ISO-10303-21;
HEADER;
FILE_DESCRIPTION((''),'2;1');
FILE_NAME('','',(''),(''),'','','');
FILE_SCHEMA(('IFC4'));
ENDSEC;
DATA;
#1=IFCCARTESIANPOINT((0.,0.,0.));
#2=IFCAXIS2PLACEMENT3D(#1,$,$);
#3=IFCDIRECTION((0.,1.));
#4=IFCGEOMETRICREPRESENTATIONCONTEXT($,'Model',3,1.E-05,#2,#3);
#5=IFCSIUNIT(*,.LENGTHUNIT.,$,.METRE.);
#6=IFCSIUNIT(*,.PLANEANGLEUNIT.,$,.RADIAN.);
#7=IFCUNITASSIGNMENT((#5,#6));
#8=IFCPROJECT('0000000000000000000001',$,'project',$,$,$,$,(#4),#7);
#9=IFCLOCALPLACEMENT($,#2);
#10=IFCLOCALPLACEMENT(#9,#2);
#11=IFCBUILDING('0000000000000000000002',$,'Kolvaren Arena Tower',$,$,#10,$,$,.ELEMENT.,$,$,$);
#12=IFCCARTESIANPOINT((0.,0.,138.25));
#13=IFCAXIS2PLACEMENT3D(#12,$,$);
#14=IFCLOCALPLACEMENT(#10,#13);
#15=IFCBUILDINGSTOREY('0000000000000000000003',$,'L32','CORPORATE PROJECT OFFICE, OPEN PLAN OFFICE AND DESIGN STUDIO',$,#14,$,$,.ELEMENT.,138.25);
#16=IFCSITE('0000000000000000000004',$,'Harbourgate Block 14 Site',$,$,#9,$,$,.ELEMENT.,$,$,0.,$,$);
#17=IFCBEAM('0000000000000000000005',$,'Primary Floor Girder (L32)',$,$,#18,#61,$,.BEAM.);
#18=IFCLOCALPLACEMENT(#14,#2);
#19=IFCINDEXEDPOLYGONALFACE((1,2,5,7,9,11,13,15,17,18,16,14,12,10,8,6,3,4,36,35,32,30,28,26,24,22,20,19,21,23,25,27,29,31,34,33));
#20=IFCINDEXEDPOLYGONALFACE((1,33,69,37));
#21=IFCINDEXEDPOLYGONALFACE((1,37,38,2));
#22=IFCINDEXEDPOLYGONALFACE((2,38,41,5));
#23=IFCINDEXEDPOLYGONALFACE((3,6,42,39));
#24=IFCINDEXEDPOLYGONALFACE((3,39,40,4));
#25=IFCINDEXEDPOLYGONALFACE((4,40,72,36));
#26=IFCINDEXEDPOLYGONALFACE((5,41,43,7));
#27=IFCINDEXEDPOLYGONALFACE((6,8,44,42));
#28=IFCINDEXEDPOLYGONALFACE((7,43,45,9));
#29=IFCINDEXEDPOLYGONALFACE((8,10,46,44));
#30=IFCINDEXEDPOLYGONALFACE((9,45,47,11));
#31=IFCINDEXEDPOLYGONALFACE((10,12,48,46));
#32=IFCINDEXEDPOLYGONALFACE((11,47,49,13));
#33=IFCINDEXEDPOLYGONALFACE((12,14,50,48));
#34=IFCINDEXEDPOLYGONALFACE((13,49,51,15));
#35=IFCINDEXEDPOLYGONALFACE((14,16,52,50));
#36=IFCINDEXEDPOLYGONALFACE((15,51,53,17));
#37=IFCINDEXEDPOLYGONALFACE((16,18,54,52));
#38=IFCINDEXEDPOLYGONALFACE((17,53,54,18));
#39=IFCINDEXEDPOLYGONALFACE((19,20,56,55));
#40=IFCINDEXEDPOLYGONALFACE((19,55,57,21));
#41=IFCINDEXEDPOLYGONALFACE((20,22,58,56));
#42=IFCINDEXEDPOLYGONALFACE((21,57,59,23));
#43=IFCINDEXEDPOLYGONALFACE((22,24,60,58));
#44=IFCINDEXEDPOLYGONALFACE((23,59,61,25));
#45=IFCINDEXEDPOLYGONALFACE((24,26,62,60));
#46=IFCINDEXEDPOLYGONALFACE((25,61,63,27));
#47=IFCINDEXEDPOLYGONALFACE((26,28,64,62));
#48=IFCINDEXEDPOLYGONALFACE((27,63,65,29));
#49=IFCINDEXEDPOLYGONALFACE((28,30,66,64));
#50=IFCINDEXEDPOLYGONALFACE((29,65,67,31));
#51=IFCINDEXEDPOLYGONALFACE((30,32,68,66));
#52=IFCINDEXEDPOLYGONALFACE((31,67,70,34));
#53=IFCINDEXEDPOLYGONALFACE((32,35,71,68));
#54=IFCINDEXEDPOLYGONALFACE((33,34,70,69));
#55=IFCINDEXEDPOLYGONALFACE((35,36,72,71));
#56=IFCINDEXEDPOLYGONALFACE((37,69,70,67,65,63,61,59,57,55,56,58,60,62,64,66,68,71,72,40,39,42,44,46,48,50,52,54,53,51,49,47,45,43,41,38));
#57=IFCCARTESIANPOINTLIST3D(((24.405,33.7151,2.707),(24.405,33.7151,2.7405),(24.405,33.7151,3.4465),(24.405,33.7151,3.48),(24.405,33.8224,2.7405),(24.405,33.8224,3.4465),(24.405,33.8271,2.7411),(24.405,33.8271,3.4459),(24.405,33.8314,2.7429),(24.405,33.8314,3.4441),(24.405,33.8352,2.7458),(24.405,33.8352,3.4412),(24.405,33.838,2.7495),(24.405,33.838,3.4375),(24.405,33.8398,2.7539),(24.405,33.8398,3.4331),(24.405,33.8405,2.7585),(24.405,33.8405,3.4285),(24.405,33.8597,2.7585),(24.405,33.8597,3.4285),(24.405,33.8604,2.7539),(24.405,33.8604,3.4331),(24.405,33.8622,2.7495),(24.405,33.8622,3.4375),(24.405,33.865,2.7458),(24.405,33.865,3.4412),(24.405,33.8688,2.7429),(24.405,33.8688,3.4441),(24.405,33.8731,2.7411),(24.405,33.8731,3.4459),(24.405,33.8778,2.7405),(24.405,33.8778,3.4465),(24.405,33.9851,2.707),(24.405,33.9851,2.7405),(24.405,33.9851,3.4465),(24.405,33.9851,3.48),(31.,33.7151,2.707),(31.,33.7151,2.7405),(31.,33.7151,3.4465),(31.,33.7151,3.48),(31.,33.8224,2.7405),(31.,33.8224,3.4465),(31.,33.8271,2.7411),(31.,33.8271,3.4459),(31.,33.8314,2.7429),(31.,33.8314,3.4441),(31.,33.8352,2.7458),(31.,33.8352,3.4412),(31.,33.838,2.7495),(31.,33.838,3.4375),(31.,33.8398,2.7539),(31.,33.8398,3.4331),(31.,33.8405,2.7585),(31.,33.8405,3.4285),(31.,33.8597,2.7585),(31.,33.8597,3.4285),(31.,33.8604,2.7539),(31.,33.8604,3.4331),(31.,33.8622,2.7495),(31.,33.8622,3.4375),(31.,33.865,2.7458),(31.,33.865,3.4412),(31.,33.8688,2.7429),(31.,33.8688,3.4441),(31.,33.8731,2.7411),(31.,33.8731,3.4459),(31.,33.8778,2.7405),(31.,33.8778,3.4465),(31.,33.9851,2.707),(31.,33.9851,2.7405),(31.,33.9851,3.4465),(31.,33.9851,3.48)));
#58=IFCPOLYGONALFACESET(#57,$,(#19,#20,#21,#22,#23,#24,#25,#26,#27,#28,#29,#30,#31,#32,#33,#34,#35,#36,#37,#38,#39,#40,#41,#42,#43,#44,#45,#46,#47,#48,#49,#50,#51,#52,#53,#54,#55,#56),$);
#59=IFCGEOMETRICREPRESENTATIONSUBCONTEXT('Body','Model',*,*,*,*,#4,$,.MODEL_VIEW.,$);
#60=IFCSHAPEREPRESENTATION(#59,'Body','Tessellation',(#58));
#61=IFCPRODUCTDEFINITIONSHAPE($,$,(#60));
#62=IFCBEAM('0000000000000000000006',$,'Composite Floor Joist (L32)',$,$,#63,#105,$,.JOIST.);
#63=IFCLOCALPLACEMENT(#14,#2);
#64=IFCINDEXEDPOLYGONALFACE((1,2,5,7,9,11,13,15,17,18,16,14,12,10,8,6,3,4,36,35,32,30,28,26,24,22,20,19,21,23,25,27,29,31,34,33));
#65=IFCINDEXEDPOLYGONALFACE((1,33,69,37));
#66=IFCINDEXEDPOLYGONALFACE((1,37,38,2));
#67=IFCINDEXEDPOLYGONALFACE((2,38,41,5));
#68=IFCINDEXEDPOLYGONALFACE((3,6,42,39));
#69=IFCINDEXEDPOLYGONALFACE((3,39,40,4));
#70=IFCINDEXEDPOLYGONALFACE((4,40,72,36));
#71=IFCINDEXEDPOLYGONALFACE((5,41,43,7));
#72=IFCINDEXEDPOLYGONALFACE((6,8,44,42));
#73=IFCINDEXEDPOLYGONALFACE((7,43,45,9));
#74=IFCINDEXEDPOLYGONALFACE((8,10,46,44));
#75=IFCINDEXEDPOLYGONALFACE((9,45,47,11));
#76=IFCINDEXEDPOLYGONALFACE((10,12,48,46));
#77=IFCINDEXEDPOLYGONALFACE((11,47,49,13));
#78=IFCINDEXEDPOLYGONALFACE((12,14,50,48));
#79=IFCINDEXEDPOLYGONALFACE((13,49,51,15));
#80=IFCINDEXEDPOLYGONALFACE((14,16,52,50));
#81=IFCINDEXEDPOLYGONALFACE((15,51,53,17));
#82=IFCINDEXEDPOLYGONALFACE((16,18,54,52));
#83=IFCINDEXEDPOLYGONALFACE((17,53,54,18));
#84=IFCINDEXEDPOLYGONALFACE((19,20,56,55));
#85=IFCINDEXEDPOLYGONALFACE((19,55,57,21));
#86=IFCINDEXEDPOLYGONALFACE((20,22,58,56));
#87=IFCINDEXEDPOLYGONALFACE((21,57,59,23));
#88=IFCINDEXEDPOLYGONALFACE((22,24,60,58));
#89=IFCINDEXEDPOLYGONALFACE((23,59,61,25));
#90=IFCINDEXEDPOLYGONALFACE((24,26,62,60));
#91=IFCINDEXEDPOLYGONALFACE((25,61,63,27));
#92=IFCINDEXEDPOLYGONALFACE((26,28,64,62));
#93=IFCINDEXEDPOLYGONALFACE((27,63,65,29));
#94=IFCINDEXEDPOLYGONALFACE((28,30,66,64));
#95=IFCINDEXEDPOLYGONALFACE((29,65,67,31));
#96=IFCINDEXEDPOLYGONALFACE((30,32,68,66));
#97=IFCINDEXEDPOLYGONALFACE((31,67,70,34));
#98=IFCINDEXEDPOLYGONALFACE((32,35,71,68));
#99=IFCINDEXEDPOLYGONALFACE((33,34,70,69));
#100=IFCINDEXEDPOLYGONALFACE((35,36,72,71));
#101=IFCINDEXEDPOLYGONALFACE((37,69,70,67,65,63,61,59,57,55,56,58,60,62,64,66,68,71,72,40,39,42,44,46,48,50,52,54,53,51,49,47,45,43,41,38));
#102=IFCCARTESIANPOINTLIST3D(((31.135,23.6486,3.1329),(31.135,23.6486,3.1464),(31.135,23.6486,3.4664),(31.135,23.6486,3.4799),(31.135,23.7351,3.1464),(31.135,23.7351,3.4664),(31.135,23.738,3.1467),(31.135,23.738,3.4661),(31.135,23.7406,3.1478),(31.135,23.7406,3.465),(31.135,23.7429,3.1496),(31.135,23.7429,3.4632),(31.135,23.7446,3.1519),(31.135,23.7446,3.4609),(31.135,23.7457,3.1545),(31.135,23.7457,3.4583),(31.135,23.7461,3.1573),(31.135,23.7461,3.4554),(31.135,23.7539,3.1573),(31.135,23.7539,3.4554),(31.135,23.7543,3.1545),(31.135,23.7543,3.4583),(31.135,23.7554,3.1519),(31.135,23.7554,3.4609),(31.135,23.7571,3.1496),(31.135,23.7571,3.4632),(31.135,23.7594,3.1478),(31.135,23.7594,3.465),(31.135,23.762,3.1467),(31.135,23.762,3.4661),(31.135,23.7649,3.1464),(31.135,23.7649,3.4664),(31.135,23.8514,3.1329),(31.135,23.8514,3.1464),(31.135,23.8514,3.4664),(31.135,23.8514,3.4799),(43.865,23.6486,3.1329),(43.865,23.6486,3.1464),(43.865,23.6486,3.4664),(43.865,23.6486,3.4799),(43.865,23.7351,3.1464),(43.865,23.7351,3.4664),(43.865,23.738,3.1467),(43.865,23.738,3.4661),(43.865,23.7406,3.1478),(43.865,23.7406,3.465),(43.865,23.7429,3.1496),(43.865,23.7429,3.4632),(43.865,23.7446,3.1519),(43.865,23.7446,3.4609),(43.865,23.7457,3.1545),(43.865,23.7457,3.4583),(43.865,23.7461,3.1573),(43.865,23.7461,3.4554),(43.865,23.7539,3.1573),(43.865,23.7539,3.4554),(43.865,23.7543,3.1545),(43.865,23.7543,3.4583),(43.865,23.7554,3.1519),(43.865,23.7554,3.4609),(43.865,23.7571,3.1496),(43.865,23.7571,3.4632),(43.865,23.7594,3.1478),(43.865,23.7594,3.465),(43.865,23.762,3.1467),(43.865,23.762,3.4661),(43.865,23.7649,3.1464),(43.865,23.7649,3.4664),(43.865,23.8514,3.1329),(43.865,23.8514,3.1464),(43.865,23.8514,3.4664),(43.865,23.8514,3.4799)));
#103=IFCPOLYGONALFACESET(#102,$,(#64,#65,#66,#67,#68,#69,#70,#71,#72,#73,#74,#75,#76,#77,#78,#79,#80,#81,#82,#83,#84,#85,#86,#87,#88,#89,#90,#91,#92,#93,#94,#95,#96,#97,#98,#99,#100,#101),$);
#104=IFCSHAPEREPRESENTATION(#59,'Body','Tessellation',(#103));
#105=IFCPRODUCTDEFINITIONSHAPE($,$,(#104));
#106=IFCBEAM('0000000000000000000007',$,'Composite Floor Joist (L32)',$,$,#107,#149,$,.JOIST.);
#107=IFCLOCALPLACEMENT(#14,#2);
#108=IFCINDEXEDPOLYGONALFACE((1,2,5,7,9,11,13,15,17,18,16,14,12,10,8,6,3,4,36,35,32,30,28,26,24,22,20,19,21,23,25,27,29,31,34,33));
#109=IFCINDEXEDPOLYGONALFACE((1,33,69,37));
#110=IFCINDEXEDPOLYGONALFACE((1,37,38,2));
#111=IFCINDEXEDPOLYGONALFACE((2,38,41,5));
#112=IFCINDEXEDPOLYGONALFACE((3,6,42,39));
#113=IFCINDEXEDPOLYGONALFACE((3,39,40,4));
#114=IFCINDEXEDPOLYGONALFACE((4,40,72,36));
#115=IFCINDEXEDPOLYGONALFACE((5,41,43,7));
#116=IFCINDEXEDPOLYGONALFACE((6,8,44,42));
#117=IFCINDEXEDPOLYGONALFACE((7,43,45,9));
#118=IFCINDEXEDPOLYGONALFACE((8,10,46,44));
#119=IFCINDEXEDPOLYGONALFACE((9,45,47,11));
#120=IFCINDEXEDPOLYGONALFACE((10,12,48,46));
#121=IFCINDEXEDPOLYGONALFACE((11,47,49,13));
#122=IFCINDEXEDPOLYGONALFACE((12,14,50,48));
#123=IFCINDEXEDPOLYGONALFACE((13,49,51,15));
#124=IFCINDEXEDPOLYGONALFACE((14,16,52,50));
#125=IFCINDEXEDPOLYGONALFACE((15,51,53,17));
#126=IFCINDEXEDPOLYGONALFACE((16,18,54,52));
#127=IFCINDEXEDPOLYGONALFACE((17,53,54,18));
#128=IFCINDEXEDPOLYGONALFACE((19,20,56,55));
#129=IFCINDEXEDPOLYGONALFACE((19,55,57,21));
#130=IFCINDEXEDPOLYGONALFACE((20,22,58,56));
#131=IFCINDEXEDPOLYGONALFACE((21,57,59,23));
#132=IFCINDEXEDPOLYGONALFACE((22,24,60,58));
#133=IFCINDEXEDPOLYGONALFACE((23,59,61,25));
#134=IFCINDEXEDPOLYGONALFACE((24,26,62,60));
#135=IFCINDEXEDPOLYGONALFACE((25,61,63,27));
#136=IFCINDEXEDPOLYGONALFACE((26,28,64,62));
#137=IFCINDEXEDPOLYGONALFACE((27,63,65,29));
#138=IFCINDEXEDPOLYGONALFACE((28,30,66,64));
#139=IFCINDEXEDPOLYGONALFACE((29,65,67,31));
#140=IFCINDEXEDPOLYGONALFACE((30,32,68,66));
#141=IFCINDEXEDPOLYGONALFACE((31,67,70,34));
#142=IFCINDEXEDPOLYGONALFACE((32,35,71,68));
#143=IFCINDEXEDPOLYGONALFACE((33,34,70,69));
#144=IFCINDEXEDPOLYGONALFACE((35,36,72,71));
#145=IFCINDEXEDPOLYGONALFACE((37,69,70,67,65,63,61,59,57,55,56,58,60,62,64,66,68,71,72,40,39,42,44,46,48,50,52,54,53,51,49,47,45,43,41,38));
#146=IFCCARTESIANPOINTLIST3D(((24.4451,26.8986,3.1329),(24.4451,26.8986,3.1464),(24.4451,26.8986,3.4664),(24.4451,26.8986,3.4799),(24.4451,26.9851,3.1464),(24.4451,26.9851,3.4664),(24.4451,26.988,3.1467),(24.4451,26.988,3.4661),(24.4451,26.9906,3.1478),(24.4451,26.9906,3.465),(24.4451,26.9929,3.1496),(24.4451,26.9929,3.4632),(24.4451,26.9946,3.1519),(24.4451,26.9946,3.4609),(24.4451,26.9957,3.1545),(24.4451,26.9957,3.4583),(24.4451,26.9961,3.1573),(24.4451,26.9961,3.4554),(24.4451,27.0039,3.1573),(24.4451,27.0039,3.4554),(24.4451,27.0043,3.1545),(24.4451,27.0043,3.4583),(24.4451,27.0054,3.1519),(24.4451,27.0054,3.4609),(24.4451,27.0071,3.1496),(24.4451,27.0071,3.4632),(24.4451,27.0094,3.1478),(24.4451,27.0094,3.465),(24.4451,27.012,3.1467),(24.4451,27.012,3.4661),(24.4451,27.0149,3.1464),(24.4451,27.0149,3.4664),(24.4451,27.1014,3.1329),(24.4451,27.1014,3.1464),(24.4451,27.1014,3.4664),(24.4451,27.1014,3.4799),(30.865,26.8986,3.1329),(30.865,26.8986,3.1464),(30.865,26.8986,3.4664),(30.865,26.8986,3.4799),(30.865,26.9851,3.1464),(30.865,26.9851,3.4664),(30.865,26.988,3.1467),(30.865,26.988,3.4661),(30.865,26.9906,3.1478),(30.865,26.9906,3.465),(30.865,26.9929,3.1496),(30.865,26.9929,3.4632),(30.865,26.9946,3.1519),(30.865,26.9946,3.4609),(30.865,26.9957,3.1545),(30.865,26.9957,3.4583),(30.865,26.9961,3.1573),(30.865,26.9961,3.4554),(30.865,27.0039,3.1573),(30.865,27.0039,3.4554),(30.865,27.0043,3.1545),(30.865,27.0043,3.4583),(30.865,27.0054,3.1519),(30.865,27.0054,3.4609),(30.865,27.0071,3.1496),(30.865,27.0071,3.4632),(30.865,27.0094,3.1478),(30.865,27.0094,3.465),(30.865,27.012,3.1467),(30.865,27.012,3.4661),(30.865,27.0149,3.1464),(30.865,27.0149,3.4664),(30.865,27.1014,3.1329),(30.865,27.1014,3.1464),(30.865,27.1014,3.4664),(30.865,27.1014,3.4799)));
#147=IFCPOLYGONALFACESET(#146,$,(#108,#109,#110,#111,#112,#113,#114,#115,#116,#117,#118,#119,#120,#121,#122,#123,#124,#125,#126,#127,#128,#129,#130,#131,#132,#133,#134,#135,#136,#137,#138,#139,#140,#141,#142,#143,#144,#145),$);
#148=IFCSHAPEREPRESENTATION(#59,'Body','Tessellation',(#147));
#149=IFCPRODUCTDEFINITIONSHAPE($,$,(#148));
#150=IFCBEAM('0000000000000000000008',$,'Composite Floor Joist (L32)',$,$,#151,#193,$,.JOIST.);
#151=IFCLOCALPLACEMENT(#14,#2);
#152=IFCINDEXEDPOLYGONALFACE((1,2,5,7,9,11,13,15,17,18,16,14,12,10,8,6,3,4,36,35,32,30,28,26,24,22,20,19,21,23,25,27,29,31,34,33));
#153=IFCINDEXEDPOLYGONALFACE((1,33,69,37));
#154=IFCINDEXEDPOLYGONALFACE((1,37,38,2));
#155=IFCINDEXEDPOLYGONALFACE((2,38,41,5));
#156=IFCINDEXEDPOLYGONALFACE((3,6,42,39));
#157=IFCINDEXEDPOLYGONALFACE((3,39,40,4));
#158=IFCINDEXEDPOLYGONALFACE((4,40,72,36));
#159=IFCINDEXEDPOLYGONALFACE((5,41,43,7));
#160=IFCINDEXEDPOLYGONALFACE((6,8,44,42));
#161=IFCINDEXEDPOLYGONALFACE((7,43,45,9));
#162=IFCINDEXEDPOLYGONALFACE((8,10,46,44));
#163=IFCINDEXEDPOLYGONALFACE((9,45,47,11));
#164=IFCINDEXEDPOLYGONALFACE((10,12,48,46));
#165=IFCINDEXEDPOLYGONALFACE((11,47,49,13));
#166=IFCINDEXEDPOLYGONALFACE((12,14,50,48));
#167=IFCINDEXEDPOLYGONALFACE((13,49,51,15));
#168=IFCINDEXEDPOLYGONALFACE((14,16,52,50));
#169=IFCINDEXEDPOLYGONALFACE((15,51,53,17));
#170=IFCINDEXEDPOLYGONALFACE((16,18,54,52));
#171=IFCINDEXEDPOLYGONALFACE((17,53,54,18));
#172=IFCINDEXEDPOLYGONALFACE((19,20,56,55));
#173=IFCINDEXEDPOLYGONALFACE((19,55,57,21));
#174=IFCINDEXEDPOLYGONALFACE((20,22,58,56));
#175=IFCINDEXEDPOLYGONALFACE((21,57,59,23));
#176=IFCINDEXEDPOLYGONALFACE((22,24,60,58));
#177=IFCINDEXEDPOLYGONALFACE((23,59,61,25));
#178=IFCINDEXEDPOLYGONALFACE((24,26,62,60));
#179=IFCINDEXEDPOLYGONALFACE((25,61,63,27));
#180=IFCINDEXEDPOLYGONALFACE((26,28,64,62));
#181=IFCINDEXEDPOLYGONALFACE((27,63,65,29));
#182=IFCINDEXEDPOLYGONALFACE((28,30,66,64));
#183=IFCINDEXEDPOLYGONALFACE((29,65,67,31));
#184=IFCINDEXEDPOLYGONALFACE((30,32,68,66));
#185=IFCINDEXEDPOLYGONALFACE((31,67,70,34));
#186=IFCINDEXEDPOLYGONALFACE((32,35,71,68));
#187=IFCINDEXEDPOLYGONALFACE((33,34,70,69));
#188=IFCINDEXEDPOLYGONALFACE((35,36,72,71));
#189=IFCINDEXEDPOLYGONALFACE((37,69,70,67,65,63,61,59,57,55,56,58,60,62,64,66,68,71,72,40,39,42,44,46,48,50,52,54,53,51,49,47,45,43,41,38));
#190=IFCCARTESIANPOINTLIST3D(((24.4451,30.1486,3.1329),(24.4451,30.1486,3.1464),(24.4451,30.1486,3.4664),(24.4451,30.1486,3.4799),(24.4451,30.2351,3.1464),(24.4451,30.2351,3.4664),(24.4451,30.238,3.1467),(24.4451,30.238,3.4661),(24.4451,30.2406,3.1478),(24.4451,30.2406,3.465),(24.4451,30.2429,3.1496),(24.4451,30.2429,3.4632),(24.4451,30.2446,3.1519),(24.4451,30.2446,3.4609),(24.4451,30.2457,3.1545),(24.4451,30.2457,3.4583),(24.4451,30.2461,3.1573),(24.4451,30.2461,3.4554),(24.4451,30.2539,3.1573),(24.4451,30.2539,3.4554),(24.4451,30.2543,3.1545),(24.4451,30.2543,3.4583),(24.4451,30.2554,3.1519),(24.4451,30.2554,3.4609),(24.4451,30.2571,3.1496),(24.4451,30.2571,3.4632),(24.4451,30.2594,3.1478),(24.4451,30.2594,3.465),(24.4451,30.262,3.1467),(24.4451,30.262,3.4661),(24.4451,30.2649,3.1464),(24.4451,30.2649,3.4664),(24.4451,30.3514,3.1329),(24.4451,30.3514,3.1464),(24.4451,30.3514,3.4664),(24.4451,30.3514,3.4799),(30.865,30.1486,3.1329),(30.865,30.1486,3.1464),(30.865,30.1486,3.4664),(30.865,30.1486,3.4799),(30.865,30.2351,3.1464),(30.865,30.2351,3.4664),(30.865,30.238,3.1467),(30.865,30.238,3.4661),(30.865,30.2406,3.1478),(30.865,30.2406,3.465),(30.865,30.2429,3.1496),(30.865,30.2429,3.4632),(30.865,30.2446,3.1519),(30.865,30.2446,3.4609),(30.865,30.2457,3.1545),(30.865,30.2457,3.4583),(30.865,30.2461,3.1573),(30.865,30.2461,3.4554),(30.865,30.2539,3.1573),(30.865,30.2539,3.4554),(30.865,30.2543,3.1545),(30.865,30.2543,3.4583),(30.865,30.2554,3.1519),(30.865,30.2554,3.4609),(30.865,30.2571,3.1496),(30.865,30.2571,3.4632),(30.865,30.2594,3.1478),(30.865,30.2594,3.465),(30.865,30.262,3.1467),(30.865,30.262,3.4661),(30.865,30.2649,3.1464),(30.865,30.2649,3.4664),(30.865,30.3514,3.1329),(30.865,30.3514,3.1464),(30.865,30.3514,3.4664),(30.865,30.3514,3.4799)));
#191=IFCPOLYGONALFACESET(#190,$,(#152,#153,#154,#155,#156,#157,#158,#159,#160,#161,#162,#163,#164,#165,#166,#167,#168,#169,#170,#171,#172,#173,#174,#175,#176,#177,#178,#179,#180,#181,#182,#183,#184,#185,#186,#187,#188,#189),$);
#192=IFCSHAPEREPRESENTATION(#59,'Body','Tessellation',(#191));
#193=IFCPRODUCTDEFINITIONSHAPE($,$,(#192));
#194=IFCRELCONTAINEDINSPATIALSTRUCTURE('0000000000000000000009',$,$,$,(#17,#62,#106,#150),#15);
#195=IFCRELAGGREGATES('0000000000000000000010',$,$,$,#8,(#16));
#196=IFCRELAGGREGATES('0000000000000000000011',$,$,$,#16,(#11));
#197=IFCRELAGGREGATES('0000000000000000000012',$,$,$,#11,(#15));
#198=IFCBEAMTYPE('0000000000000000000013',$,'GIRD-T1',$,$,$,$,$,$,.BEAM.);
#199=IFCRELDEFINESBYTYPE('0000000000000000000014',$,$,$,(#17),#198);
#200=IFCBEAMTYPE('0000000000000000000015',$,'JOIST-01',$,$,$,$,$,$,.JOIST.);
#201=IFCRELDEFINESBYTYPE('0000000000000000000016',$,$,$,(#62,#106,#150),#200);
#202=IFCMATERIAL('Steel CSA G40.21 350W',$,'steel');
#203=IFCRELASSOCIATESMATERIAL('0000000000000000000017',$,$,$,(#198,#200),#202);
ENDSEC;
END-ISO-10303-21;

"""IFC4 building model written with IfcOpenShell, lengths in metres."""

from ifc_helpers import new_model, si_unit, direction, frame, origin, origin_2d, place, context, subcontext, project, spatial, i_section, extrude, material, material_profile, profile_set, type_object, element, save


model = new_model("IFC4")

# Units and contexts
model_context = context("Model", 3, precision=1e-05, world=origin(), true_north=direction((0.0, 1.0)))
body_context = subcontext(model_context, "Body", "Model", "MODEL_VIEW")
ifc_project = project(units=[si_unit("LENGTHUNIT", "METRE"), si_unit("PLANEANGLEUNIT", "RADIAN")], contexts=[model_context])

# Site, building, storey
site_placement = place(None, origin())
site = spatial("IfcSite", under=ifc_project, at=site_placement, Name="Harbourgate Block 14 Site", CompositionType="ELEMENT", RefElevation=0.0)
building_placement = place(site_placement, origin())
building = spatial("IfcBuilding", under=site, at=building_placement, Name="Kolvaren Arena Tower", CompositionType="ELEMENT")
storey_placement = place(building_placement, frame((0.0, 0.0, 138.25)))
storey = spatial("IfcBuildingStorey", under=building, at=storey_placement, Name="L32", Description="CORPORATE PROJECT OFFICE, OPEN PLAN OFFICE AND DESIGN STUDIO", CompositionType="ELEMENT", Elevation=138.25)

# Beams
ifc_material_1 = material(Name="Steel CSA G40.21 350W", Category="steel")
ifc_material_profile_1 = material_profile(ifc_material_1, i_section(OverallWidth=0.27, OverallDepth=0.7729, WebThickness=0.0193, FlangeThickness=0.0334, FilletRadius=0.0181, at=origin_2d()), Name="W760x257")
ifc_profile_set_1 = profile_set([ifc_material_profile_1], Name="Steel CSA G40.21 350W")
beam_type_1 = type_object("IfcBeamType", Name="GIRD-T1", PredefinedType="BEAM", material=ifc_profile_set_1)
beam_1_placement = place(storey_placement, frame((24.405, 33.8501, 3.0935), z_axis=(1.0, 0.0, 0.0), x_axis=(0.0, 1.0, 0.0)))
element("IfcBeam", 1, at=beam_1_placement, inside=storey, type_object=beam_type_1, Name="Primary Floor Girder (L32)", PredefinedType="BEAM", context=body_context, shape_type="SweptSolid", body=[
    extrude(i_section(OverallWidth=0.27, OverallDepth=0.7729, WebThickness=0.0193, FlangeThickness=0.0334, FilletRadius=0.0181, at=origin_2d()), origin(), (0.0, 0.0, 1.0), 6.595),
])
ifc_material_profile_2 = material_profile(ifc_material_1, i_section(OverallWidth=0.2029, OverallDepth=0.3469, WebThickness=0.0078, FlangeThickness=0.0134, FilletRadius=0.011, at=origin_2d()), Name="W360x64")
ifc_profile_set_2 = profile_set([ifc_material_profile_2], Name="Steel CSA G40.21 350W")
beam_type_2 = type_object("IfcBeamType", Name="JOIST-01", PredefinedType="JOIST", material=ifc_profile_set_2)
beam_2_placement = place(storey_placement, frame((31.135, 23.75, 3.3064), z_axis=(1.0, 0.0, 0.0), x_axis=(0.0, 1.0, 0.0)))
element("IfcBeam", 2, at=beam_2_placement, inside=storey, type_object=beam_type_2, Name="Composite Floor Joist (L32)", PredefinedType="JOIST", context=body_context, shape_type="SweptSolid", body=[
    extrude(i_section(OverallWidth=0.2029, OverallDepth=0.3469, WebThickness=0.0078, FlangeThickness=0.0134, FilletRadius=0.011, at=origin_2d()), origin(), (0.0, 0.0, 1.0), 12.73),
])
for number, where, z_axis, x_axis, name in (
    (3, (24.4451, 27.0, 3.3064), (1.0, 0.0, 0.0), (0.0, 1.0, 0.0), "Composite Floor Joist (L32)"),
    (4, (24.4451, 30.25, 3.3064), (1.0, 0.0, 0.0), (0.0, 1.0, 0.0), "Composite Floor Joist (L32)"),
):
    element("IfcBeam", number, at=place(storey_placement, frame(where, z_axis=z_axis, x_axis=x_axis)), inside=storey, type_object=beam_type_2, Name=name, PredefinedType="JOIST", context=body_context, shape_type="SweptSolid", body=[
        extrude(i_section(OverallWidth=0.2029, OverallDepth=0.3469, WebThickness=0.0078, FlangeThickness=0.0134, FilletRadius=0.011, at=origin_2d()), origin(), (0.0, 0.0, 1.0), 6.4199),
    ])

save(model, "model.ifc")
